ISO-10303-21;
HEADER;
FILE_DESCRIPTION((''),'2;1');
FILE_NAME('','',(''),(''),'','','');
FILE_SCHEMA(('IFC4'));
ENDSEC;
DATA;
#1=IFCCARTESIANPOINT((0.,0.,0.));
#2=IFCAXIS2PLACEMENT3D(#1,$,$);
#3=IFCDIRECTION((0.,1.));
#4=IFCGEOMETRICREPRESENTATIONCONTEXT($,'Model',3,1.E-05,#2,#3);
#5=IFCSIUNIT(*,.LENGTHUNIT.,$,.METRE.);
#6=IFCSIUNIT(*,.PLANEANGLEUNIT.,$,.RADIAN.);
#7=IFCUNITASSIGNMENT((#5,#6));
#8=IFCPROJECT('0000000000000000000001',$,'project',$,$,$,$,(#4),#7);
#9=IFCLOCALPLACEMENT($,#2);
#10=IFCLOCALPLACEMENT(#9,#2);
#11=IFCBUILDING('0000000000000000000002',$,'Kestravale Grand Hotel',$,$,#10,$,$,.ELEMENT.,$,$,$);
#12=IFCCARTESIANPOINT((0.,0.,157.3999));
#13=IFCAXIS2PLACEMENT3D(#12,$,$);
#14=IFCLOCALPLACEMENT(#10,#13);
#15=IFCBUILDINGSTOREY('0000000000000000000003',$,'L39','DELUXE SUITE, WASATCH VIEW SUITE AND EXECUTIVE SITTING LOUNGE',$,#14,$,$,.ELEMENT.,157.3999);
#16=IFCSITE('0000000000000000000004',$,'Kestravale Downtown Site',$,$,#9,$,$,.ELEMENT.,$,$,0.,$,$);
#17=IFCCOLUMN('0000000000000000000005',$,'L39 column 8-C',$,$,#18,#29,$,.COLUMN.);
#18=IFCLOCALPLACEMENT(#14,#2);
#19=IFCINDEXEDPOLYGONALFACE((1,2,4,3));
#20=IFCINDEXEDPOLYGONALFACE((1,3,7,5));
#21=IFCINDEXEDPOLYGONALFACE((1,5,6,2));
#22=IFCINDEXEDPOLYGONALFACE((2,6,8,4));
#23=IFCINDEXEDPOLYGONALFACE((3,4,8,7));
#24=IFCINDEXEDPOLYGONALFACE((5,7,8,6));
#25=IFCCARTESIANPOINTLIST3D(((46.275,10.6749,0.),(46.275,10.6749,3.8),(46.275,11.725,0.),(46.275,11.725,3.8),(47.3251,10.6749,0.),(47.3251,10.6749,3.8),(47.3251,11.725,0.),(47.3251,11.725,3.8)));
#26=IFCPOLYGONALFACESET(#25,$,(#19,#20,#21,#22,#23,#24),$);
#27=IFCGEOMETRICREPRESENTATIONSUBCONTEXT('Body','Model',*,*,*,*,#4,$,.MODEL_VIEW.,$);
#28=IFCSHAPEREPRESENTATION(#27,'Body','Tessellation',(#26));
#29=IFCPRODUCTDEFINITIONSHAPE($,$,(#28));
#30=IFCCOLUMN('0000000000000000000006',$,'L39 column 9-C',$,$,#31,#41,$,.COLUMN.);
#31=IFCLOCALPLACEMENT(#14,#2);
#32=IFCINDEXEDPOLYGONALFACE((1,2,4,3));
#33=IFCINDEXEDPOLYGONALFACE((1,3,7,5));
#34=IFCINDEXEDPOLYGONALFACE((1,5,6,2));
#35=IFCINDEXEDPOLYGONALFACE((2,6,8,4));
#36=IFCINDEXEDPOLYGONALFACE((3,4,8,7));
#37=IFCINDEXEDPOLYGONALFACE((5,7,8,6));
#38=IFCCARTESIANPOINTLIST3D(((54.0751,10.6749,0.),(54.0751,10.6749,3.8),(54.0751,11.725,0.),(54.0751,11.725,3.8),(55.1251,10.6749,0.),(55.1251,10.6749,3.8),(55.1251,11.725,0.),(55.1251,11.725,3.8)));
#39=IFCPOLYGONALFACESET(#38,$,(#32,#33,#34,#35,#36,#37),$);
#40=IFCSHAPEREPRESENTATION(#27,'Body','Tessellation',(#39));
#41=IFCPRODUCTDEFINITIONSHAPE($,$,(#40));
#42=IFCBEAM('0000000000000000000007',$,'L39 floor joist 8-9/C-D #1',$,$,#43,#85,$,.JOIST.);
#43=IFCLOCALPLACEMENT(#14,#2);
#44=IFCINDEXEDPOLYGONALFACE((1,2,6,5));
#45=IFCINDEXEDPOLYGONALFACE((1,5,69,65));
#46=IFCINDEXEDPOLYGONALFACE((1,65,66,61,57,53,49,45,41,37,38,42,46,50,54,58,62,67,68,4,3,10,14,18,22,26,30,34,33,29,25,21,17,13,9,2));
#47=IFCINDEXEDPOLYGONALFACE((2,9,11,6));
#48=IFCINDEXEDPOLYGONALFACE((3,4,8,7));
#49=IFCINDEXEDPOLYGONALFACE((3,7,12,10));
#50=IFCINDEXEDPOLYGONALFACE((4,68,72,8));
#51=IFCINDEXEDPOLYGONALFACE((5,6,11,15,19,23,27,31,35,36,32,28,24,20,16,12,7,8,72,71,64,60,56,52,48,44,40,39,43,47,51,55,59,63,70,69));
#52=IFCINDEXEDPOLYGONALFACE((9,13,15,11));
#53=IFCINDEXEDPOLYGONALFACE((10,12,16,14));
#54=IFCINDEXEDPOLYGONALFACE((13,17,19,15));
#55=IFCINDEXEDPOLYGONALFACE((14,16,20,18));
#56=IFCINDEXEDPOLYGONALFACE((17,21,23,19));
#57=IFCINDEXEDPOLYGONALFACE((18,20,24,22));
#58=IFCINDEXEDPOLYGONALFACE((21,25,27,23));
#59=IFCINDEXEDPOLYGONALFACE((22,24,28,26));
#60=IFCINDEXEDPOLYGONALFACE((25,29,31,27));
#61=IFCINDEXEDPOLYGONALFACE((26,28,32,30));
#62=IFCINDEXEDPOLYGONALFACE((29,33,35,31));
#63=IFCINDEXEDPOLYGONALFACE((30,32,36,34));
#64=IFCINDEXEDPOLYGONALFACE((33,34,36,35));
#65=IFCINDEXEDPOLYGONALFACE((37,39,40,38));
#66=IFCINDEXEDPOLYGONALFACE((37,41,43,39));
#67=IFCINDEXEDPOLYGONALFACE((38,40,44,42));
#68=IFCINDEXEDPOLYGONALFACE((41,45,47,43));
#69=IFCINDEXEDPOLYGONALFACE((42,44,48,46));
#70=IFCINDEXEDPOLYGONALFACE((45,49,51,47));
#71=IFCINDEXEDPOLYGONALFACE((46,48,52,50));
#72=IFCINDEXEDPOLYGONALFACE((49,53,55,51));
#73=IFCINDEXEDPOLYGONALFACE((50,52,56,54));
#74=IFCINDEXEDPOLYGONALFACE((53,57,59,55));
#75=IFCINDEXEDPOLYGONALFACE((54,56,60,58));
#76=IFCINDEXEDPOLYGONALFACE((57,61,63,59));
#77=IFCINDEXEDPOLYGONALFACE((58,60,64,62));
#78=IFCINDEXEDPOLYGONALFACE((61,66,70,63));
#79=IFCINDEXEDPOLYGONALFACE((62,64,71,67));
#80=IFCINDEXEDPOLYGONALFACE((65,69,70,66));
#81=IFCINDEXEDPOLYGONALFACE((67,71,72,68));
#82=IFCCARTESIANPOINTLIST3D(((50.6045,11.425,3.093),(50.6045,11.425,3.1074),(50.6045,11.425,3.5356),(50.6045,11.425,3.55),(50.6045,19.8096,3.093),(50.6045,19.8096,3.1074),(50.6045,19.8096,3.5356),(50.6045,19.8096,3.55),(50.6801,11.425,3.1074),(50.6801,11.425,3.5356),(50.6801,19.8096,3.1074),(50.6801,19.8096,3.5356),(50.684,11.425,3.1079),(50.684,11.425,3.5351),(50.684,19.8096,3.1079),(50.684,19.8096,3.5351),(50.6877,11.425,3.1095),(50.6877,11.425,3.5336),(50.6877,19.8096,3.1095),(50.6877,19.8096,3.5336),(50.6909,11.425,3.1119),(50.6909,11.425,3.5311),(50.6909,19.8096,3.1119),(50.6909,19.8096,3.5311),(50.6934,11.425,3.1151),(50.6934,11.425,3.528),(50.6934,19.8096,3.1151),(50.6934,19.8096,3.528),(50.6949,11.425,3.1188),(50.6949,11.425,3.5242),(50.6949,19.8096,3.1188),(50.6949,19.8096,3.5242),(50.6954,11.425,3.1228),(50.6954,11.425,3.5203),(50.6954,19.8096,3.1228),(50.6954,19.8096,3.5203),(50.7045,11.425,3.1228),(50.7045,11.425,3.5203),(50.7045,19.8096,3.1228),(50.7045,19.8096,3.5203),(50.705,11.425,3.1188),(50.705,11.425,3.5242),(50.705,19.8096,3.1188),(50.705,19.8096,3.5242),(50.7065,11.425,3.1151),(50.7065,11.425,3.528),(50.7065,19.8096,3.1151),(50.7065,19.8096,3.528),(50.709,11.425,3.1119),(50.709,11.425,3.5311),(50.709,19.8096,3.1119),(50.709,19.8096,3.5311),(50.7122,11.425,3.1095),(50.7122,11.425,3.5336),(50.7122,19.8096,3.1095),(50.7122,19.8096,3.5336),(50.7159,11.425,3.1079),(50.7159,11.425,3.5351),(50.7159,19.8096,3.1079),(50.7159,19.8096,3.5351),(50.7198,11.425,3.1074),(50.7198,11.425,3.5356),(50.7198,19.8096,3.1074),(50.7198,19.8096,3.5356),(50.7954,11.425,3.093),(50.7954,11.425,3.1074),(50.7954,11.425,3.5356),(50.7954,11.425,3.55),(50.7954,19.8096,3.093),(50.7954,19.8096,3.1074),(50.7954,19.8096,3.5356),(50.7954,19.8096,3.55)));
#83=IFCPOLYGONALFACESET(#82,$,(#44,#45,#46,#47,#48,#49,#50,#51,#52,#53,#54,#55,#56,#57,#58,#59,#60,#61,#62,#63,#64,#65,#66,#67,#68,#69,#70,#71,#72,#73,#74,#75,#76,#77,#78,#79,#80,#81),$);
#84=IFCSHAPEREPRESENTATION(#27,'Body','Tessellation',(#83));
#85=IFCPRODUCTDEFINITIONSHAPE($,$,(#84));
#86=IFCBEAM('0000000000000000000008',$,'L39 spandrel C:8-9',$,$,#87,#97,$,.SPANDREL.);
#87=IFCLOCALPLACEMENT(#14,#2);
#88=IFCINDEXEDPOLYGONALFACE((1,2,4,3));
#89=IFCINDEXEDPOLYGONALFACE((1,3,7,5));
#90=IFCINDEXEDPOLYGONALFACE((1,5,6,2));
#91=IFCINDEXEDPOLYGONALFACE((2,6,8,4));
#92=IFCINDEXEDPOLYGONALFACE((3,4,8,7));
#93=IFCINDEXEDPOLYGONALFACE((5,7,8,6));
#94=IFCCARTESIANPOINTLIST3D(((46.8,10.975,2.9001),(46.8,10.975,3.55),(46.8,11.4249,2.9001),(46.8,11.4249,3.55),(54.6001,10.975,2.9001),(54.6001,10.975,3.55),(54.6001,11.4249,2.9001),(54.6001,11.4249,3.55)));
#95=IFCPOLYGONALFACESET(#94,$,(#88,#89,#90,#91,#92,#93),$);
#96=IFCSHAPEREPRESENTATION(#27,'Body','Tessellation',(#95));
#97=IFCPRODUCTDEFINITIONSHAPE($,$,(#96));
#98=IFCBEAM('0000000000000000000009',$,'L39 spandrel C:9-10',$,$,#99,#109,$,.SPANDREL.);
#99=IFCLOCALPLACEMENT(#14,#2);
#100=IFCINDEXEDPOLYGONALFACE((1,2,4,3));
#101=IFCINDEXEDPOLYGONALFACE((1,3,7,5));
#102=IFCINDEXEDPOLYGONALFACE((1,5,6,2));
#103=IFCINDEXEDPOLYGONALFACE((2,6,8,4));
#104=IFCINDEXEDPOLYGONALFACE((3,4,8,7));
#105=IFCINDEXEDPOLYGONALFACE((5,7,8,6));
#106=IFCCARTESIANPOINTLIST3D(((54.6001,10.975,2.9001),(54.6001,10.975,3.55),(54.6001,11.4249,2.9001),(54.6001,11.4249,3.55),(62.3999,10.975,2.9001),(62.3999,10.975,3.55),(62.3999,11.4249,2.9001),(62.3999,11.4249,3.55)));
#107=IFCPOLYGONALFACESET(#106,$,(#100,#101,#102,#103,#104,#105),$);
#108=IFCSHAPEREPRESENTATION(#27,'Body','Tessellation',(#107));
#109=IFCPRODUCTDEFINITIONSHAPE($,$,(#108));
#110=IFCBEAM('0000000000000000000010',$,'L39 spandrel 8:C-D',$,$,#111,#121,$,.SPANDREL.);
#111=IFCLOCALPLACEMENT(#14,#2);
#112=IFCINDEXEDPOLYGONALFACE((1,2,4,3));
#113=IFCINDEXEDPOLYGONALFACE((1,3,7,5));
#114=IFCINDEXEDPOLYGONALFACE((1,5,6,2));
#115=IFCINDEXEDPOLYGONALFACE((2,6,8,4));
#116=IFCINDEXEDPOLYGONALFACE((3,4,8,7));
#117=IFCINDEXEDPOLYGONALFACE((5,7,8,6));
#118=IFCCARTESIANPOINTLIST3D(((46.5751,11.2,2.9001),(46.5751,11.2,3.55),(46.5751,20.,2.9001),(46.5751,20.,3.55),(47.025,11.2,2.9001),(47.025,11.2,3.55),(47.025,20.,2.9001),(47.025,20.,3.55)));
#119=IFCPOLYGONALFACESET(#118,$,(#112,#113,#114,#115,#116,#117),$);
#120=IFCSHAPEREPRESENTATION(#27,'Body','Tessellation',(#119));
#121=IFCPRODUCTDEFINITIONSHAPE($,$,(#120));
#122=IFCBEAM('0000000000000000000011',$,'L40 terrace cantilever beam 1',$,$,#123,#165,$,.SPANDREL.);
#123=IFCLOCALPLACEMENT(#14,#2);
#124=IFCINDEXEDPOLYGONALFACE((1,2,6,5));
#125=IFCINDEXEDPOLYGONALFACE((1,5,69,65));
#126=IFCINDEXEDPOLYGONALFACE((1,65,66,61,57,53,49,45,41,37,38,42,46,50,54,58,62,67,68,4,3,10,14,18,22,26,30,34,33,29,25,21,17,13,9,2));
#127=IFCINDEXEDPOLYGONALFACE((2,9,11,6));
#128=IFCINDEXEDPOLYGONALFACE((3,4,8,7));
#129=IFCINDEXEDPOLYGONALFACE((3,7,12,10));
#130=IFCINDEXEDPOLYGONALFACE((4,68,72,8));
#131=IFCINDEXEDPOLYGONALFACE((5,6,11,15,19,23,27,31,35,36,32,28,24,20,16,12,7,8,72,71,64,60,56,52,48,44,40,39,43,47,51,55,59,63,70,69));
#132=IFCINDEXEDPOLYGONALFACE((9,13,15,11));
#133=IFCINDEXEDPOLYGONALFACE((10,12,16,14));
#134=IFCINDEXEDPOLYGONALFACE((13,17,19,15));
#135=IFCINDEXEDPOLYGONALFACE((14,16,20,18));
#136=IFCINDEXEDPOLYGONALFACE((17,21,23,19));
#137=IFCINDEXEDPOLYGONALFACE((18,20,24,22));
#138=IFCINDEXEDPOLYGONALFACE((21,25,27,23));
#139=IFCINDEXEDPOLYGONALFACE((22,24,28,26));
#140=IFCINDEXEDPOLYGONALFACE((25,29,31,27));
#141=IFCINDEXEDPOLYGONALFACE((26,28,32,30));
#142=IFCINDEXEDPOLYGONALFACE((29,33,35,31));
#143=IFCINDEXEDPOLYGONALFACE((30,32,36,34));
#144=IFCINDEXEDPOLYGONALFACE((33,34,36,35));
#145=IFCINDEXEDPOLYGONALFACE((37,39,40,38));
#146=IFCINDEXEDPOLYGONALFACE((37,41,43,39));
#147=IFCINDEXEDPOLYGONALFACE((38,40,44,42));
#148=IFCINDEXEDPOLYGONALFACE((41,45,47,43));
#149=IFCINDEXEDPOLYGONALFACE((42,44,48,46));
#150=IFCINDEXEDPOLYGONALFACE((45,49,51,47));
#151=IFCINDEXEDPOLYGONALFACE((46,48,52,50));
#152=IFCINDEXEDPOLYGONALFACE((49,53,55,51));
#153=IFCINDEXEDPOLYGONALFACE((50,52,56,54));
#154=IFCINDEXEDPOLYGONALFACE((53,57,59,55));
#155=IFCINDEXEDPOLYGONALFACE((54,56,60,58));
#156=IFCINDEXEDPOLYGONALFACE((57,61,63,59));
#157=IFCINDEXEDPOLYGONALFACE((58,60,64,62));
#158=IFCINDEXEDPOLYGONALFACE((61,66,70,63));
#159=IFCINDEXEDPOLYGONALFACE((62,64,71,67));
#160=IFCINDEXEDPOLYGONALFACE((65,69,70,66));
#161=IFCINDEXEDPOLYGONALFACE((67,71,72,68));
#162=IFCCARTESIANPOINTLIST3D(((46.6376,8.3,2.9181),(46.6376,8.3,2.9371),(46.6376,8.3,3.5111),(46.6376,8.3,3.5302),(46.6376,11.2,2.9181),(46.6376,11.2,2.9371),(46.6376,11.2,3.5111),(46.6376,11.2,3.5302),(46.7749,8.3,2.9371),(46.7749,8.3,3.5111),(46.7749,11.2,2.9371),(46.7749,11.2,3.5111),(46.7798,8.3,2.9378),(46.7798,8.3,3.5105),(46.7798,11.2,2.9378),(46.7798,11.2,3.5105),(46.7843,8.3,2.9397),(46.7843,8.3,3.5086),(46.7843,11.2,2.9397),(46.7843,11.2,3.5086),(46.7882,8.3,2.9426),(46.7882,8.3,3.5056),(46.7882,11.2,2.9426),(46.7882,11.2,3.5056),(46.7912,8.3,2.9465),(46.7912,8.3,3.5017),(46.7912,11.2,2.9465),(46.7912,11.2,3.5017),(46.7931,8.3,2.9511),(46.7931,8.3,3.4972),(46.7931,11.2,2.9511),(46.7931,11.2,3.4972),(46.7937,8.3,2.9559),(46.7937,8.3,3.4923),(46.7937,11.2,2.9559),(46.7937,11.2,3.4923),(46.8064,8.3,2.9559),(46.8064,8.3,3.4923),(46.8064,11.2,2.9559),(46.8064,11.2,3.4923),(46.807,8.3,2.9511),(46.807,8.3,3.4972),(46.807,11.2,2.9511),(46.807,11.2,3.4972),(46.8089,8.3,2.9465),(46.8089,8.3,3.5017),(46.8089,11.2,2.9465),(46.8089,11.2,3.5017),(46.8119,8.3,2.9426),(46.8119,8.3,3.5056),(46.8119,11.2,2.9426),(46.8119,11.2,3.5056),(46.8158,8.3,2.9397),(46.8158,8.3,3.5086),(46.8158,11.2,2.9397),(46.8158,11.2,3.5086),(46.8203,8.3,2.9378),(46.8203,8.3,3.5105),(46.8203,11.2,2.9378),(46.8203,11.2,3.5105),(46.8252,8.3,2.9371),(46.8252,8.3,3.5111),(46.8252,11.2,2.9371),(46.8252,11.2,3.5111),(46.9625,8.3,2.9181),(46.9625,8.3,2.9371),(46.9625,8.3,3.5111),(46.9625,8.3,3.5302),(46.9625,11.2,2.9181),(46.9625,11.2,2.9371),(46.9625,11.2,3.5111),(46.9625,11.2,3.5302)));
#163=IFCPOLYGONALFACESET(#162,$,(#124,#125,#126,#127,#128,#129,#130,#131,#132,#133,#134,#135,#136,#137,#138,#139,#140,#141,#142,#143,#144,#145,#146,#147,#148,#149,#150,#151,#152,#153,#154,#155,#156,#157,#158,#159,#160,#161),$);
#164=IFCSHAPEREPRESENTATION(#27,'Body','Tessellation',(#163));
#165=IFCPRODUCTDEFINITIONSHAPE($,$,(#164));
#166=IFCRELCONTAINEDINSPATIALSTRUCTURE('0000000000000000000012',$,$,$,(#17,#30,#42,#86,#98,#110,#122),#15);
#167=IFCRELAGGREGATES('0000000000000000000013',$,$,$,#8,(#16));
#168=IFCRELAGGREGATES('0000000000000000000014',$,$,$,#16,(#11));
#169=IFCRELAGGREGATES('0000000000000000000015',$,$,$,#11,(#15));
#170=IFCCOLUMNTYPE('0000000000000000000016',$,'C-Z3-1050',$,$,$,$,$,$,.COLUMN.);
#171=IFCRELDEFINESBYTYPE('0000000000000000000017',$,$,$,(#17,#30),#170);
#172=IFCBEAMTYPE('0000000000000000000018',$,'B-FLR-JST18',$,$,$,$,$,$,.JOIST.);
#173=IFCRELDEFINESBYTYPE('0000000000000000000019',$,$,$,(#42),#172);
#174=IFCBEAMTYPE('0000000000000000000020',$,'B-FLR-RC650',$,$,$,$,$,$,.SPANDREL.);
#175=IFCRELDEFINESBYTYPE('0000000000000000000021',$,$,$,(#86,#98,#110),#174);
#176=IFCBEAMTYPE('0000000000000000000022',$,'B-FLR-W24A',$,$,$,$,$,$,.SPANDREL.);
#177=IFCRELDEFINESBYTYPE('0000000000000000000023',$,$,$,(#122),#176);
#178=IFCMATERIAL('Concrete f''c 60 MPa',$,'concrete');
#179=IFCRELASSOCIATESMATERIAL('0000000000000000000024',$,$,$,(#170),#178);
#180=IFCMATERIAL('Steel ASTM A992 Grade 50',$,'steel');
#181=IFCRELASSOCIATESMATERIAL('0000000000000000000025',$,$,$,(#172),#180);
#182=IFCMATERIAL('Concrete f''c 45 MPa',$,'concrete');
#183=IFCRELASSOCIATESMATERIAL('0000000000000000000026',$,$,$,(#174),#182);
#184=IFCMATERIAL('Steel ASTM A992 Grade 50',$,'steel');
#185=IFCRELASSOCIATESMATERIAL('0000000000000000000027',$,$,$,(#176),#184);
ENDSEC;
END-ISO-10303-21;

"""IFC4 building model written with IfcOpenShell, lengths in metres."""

from ifc_helpers import new_model, si_unit, direction, frame, origin, origin_2d, place, context, subcontext, project, spatial, rectangle, i_section, extrude, material, material_profile, profile_set, type_object, element, save


model = new_model("IFC4")

# Units and contexts
model_context = context("Model", 3, precision=1e-05, world=origin(), true_north=direction((0.0, 1.0)))
body_context = subcontext(model_context, "Body", "Model", "MODEL_VIEW")
ifc_project = project(units=[si_unit("LENGTHUNIT", "METRE"), si_unit("PLANEANGLEUNIT", "RADIAN")], contexts=[model_context])

# Site, building, storey
site_placement = place(None, origin())
site = spatial("IfcSite", under=ifc_project, at=site_placement, Name="Kestravale Downtown Site", CompositionType="ELEMENT", RefElevation=0.0)
building_placement = place(site_placement, origin())
building = spatial("IfcBuilding", under=site, at=building_placement, Name="Kestravale Grand Hotel", CompositionType="ELEMENT")
storey_placement = place(building_placement, frame((0.0, 0.0, 157.3999)))
storey = spatial("IfcBuildingStorey", under=building, at=storey_placement, Name="L39", Description="DELUXE SUITE, WASATCH VIEW SUITE AND EXECUTIVE SITTING LOUNGE", CompositionType="ELEMENT", Elevation=157.3999)

# Columns
ifc_material_1 = material(Name="Concrete f'c 60 MPa", Category="concrete")
ifc_material_profile_1 = material_profile(ifc_material_1, rectangle(XDim=1.05, YDim=1.05, at=origin_2d()))
ifc_profile_set_1 = profile_set([ifc_material_profile_1], Name="Concrete f'c 60 MPa")
column_type = type_object("IfcColumnType", Name="C-Z3-1050", PredefinedType="COLUMN", material=ifc_profile_set_1)
for number, where, z_axis, x_axis, name in (
    (1, (46.8, 11.2, 0.0), (0.0, 0.0, 1.0), (1.0, 0.0, 0.0), "L39 column 8-C"),
    (2, (54.6001, 11.2, 0.0), (0.0, 0.0, 1.0), (1.0, 0.0, 0.0), "L39 column 9-C"),
):
    element("IfcColumn", number, at=place(storey_placement, frame(where, z_axis=z_axis, x_axis=x_axis)), inside=storey, type_object=column_type, Name=name, PredefinedType="COLUMN", context=body_context, shape_type="SweptSolid", body=[
        extrude(rectangle(XDim=1.05, YDim=1.05, at=origin_2d()), origin(), (0.0, 0.0, 1.0), 3.8),
    ])

# Beams
ifc_material_2 = material(Name="Steel ASTM A992 Grade 50", Category="steel")
ifc_material_profile_2 = material_profile(ifc_material_2, i_section(OverallWidth=0.1909, OverallDepth=0.457, WebThickness=0.009, FlangeThickness=0.0144, FilletRadius=0.0154, at=origin_2d()))
ifc_profile_set_2 = profile_set([ifc_material_profile_2], Name="Steel ASTM A992 Grade 50")
beam_type_1 = type_object("IfcBeamType", Name="B-FLR-JST18", PredefinedType="JOIST", material=ifc_profile_set_2)
beam_1_placement = place(storey_placement, frame((50.7, 11.425, 3.3215), z_axis=(0.0, 1.0, 0.0), x_axis=(-1.0, 0.0, 0.0)))
element("IfcBeam", 3, at=beam_1_placement, inside=storey, type_object=beam_type_1, Name="L39 floor joist 8-9/C-D #1", PredefinedType="JOIST", context=body_context, shape_type="SweptSolid", body=[
    extrude(i_section(OverallWidth=0.1909, OverallDepth=0.457, WebThickness=0.009, FlangeThickness=0.0144, FilletRadius=0.0154, at=origin_2d()), origin(), (0.0, 0.0, 1.0), 8.3845),
])
ifc_material_3 = material(Name="Concrete f'c 45 MPa", Category="concrete")
ifc_material_profile_3 = material_profile(ifc_material_3, rectangle(XDim=0.45, YDim=0.6499, at=origin_2d()))
ifc_profile_set_3 = profile_set([ifc_material_profile_3], Name="Concrete f'c 45 MPa")
beam_type_2 = type_object("IfcBeamType", Name="B-FLR-RC650", PredefinedType="SPANDREL", material=ifc_profile_set_3)
beam_2_placement = place(storey_placement, frame((46.8, 11.2, 3.2251), z_axis=(1.0, 0.0, 0.0), x_axis=(0.0, 1.0, 0.0)))
element("IfcBeam", 4, at=beam_2_placement, inside=storey, type_object=beam_type_2, Name="L39 spandrel C:8-9", PredefinedType="SPANDREL", context=body_context, shape_type="SweptSolid", body=[
    extrude(rectangle(XDim=0.45, YDim=0.6499, at=origin_2d()), origin(), (0.0, 0.0, 1.0), 7.8),
])
beam_3_placement = place(storey_placement, frame((54.6001, 11.2, 3.2251), z_axis=(1.0, 0.0, 0.0), x_axis=(0.0, 1.0, 0.0)))
element("IfcBeam", 5, at=beam_3_placement, inside=storey, type_object=beam_type_2, Name="L39 spandrel C:9-10", PredefinedType="SPANDREL", context=body_context, shape_type="SweptSolid", body=[
    extrude(rectangle(XDim=0.45, YDim=0.6499, at=origin_2d()), origin(), (0.0, 0.0, 1.0), 7.7998),
])
beam_4_placement = place(storey_placement, frame((46.8, 11.2, 3.2251), z_axis=(0.0, 1.0, 0.0), x_axis=(-1.0, 0.0, 0.0)))
element("IfcBeam", 6, at=beam_4_placement, inside=storey, type_object=beam_type_2, Name="L39 spandrel 8:C-D", PredefinedType="SPANDREL", context=body_context, shape_type="SweptSolid", body=[
    extrude(rectangle(XDim=0.45, YDim=0.6499, at=origin_2d()), origin(), (0.0, 0.0, 1.0), 8.8),
])
ifc_material_4 = material(Name="Steel ASTM A992 Grade 50", Category="steel")
ifc_material_profile_4 = material_profile(ifc_material_4, i_section(OverallWidth=0.325, OverallDepth=0.6121, WebThickness=0.0127, FlangeThickness=0.019, FilletRadius=0.0188, at=origin_2d()))
ifc_profile_set_4 = profile_set([ifc_material_profile_4], Name="Steel ASTM A992 Grade 50")
beam_type_3 = type_object("IfcBeamType", Name="B-FLR-W24A", PredefinedType="SPANDREL", material=ifc_profile_set_4)
beam_5_placement = place(storey_placement, frame((46.8, 11.2, 3.2241), z_axis=(0.0, -1.0, 0.0), x_axis=(1.0, 0.0, 0.0)))
element("IfcBeam", 7, at=beam_5_placement, inside=storey, type_object=beam_type_3, Name="L40 terrace cantilever beam 1", PredefinedType="SPANDREL", context=body_context, shape_type="SweptSolid", body=[
    extrude(i_section(OverallWidth=0.325, OverallDepth=0.6121, WebThickness=0.0127, FlangeThickness=0.019, FilletRadius=0.0188, at=origin_2d()), origin(), (0.0, 0.0, 1.0), 2.8999),
])

save(model, "model.ifc")
